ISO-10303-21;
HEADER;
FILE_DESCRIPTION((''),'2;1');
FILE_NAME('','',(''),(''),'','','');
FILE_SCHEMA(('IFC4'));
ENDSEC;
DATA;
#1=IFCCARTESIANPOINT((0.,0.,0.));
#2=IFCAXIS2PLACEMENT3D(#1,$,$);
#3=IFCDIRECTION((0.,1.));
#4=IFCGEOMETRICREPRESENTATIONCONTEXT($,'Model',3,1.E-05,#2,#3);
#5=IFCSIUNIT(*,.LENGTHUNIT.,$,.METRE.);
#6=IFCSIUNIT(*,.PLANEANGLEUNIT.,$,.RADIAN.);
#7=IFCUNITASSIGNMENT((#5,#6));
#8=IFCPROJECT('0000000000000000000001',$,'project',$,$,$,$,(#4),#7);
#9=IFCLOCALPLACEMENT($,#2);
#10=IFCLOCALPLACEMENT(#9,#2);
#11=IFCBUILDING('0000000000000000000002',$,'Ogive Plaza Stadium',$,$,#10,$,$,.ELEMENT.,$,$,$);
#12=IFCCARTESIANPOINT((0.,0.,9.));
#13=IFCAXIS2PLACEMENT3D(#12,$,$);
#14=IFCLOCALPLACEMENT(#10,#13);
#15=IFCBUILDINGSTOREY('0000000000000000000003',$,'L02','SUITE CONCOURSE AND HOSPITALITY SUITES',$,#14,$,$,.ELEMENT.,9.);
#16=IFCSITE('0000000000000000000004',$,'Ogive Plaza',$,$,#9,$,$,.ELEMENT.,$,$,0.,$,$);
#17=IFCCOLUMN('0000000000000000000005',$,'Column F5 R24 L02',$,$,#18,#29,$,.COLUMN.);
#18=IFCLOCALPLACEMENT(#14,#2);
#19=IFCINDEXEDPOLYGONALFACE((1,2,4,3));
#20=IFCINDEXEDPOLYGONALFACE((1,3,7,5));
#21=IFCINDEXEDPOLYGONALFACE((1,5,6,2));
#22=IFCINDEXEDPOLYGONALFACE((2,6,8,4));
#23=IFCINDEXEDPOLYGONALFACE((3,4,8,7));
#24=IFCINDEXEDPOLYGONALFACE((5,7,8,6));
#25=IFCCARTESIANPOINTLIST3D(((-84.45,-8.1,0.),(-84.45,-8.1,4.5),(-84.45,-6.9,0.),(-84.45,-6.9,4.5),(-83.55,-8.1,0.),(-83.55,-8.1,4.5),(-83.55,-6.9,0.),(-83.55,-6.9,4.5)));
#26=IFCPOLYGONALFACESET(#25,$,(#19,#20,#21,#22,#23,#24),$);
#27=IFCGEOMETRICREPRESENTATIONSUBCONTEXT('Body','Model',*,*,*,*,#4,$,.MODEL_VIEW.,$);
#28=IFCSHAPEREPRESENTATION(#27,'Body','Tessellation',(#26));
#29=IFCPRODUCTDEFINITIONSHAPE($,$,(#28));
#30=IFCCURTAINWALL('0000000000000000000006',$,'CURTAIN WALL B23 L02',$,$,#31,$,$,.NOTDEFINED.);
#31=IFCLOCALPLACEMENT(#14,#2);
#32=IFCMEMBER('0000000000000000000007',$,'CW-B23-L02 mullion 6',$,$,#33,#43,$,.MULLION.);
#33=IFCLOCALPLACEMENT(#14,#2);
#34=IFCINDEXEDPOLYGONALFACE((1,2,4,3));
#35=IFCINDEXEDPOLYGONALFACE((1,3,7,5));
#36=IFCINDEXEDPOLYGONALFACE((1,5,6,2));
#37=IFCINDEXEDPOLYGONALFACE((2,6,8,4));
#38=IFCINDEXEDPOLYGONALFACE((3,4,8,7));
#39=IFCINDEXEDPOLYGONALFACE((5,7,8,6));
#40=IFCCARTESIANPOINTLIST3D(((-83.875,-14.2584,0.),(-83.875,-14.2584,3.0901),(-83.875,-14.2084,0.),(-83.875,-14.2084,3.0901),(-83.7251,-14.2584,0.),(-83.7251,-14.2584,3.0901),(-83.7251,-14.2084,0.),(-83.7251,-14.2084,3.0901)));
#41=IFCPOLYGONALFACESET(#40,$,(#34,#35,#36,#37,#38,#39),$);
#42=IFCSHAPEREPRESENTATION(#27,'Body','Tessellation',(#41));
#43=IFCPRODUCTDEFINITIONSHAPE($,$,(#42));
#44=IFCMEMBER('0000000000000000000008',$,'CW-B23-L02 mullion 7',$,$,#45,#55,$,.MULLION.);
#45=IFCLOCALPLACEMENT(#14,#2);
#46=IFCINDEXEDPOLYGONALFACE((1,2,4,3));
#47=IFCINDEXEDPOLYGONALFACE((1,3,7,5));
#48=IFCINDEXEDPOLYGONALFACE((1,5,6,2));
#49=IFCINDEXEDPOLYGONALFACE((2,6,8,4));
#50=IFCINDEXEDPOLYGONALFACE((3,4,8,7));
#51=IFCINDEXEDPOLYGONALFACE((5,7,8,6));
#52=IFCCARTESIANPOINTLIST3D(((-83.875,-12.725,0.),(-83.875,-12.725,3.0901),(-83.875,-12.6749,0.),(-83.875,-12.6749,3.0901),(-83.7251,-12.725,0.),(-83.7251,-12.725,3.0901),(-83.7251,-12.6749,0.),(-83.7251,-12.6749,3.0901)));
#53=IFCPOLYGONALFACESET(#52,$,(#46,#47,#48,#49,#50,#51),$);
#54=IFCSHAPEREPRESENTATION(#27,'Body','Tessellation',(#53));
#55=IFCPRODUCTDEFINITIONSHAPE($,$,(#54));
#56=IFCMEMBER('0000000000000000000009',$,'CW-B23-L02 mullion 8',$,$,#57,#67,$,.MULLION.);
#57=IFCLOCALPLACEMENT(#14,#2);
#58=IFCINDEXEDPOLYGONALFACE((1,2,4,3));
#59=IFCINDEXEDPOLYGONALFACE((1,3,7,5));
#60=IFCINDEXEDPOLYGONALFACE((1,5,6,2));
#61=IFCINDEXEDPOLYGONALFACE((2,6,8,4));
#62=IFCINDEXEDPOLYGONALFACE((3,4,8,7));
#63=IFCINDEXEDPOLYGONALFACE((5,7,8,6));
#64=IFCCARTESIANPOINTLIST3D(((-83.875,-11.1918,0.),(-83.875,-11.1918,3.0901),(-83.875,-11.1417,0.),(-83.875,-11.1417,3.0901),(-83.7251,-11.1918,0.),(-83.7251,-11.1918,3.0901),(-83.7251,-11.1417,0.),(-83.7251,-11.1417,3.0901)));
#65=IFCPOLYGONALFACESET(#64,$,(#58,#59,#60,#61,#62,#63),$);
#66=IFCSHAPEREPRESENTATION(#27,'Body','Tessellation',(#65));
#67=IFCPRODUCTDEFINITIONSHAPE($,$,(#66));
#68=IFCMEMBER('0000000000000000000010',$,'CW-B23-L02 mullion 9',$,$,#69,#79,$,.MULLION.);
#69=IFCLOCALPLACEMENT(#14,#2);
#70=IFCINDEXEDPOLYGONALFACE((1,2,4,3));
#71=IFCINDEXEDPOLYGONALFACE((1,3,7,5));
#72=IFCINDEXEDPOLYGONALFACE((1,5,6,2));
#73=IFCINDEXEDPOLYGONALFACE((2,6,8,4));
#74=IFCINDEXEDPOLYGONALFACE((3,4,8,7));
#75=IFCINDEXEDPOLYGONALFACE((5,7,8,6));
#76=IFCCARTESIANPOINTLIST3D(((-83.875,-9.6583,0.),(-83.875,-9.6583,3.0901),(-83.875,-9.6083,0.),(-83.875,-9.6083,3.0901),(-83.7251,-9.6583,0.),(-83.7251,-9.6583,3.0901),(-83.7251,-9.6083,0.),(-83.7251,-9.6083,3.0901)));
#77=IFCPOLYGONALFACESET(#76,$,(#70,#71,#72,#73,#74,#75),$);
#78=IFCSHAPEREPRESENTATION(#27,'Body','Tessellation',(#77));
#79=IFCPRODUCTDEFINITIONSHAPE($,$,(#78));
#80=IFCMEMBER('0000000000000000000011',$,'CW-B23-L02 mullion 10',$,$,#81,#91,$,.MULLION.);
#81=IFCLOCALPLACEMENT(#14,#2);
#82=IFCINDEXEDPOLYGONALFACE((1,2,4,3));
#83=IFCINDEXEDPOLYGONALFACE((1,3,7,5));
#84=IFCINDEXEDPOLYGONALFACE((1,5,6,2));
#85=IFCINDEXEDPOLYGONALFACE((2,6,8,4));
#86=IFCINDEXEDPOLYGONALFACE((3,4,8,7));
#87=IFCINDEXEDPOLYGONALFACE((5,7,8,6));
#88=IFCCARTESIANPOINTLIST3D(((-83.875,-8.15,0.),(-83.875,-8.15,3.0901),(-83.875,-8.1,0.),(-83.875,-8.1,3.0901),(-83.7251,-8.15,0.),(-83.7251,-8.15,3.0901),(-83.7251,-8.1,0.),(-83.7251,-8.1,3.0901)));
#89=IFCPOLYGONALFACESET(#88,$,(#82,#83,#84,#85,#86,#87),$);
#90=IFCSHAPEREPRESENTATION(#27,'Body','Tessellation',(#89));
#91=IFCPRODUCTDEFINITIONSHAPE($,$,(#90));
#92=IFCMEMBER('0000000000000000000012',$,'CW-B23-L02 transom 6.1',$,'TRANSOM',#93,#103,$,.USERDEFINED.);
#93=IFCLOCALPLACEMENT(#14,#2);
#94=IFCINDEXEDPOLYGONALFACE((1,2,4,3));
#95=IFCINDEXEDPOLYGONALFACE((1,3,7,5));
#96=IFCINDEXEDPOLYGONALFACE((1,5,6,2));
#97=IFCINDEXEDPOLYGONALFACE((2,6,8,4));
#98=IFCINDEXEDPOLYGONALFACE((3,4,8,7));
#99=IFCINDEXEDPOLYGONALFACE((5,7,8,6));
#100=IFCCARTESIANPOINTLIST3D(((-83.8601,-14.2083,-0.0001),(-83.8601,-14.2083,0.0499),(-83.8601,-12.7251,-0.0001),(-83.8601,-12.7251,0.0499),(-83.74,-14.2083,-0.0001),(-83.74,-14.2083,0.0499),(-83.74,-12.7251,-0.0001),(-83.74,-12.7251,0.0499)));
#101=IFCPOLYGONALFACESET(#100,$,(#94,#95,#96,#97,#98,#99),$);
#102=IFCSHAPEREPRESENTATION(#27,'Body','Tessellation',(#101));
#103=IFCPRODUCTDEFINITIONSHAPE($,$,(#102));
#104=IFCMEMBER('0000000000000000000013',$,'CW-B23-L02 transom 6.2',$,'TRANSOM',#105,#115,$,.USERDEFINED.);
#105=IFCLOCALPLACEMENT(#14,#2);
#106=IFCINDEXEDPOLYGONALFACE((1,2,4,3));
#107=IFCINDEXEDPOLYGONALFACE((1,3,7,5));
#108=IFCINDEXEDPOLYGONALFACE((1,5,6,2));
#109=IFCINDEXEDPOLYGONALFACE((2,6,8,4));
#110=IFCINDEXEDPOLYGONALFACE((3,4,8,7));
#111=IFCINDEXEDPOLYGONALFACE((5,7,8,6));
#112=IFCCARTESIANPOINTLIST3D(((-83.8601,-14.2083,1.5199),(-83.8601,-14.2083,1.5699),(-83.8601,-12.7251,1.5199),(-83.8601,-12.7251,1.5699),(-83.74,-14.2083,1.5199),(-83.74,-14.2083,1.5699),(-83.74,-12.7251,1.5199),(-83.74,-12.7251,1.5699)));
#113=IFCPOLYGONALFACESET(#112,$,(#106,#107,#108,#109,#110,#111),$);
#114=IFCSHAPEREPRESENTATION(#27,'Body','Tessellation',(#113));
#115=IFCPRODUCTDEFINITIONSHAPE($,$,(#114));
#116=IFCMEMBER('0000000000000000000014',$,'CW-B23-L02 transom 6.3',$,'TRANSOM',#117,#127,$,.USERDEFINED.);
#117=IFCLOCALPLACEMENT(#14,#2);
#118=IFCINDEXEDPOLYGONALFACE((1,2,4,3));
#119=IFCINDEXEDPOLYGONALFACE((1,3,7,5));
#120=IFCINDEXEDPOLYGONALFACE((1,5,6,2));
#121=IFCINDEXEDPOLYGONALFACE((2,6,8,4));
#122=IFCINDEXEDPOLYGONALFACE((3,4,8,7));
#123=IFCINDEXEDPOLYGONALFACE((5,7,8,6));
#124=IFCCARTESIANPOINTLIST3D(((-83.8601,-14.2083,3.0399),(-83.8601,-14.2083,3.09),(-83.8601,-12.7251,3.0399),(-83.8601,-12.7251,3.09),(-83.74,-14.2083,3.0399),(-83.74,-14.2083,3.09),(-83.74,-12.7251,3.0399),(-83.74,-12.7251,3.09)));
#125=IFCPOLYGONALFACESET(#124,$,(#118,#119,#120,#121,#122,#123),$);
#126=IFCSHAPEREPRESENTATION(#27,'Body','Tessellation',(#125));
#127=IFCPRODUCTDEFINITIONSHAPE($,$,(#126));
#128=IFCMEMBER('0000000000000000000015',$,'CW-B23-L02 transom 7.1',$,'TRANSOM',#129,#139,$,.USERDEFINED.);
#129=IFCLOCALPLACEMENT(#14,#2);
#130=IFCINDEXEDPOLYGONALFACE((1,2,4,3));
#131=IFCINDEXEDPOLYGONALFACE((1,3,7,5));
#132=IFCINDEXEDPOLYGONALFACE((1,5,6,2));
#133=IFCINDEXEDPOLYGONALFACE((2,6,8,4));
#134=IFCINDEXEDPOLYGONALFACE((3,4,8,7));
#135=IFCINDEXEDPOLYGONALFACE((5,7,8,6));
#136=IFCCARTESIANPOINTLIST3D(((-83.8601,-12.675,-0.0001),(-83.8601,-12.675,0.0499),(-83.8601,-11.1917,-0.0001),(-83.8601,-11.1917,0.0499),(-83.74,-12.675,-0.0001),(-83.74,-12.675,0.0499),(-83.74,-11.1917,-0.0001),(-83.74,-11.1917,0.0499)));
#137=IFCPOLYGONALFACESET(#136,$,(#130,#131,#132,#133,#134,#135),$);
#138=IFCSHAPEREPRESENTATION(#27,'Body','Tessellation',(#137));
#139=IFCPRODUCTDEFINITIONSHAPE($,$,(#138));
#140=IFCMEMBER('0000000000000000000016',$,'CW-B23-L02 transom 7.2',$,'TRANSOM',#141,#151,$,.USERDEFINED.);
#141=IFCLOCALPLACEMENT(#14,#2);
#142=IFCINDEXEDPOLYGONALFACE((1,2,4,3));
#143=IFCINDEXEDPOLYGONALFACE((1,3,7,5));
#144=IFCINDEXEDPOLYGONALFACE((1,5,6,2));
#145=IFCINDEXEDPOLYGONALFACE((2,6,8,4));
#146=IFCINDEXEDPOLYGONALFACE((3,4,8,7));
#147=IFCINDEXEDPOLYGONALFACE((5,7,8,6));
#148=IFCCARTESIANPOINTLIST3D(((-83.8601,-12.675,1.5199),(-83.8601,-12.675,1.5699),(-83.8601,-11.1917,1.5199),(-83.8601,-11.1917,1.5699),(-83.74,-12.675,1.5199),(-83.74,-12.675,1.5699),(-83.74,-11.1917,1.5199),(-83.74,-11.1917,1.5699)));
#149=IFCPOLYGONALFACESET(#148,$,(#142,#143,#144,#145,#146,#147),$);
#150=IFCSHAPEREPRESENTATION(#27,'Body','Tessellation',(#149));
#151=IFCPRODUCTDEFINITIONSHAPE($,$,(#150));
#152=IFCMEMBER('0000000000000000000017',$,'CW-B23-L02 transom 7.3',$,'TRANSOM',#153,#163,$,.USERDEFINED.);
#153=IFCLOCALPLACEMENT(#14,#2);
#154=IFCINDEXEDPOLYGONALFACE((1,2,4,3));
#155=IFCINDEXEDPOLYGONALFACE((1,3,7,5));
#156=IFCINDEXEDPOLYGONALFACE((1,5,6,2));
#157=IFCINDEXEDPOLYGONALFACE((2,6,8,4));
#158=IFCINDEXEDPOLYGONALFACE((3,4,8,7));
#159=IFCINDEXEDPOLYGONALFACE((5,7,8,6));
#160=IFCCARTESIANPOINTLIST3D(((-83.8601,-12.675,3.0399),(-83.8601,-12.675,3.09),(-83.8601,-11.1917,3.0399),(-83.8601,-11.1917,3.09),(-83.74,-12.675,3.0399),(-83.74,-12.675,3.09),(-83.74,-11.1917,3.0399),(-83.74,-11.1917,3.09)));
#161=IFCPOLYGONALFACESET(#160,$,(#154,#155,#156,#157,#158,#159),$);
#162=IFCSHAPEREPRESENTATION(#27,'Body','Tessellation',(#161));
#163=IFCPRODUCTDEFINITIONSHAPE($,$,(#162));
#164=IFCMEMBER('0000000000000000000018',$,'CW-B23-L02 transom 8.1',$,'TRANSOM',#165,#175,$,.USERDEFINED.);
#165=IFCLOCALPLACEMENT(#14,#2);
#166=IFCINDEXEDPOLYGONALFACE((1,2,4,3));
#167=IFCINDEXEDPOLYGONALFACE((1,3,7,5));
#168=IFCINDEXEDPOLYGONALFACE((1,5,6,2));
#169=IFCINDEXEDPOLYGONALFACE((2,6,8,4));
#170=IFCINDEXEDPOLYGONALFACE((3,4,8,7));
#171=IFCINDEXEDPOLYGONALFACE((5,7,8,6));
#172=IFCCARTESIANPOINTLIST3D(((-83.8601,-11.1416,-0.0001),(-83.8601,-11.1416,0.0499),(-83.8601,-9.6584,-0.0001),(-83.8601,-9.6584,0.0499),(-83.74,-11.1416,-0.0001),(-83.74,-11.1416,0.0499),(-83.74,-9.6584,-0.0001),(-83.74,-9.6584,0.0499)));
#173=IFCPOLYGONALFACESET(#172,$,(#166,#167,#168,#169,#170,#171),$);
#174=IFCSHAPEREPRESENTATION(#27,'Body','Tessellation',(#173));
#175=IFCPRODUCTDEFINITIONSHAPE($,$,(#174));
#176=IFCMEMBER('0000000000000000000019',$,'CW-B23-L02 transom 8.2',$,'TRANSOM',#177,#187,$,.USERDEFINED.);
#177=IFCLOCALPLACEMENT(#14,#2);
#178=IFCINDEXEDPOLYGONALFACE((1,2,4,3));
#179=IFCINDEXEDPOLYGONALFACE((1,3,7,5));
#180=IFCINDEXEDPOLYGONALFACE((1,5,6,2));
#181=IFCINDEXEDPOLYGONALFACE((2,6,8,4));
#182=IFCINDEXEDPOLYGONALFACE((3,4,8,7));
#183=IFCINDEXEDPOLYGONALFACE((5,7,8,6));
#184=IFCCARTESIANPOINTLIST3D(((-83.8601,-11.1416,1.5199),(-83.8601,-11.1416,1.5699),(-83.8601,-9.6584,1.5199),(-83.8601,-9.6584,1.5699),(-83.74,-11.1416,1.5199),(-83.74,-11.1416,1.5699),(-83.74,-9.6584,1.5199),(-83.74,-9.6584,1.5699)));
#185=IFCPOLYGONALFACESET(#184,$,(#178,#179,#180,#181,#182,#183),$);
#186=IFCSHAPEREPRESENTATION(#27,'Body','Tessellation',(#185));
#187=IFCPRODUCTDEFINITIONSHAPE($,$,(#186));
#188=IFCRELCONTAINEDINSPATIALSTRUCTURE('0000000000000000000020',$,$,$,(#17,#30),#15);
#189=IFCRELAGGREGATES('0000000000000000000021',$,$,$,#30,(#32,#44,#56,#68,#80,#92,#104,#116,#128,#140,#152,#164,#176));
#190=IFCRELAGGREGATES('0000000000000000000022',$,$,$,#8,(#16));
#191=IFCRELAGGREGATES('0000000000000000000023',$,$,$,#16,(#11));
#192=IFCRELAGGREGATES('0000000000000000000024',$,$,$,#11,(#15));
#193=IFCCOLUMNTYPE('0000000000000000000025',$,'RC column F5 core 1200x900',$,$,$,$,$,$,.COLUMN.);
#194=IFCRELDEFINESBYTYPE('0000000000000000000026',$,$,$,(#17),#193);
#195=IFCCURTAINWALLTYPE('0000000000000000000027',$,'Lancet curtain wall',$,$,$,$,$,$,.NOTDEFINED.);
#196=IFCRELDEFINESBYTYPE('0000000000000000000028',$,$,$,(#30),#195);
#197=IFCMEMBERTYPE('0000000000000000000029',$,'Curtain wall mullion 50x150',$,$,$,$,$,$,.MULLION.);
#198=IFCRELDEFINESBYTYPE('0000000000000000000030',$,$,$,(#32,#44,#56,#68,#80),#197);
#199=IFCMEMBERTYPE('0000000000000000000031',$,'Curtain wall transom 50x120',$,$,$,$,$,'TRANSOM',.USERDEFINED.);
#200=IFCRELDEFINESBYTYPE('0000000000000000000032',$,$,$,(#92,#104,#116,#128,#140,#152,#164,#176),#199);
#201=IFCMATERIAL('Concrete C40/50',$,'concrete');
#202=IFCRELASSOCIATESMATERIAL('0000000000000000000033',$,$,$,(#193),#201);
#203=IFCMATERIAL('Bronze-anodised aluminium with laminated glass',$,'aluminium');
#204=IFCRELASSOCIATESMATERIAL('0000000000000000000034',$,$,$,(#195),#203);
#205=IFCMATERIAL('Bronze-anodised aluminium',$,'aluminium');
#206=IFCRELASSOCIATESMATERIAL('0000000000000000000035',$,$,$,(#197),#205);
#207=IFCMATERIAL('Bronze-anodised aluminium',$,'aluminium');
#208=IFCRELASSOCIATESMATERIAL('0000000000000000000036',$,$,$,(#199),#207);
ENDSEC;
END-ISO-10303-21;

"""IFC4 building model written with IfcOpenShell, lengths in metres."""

from ifc_helpers import new_model, si_unit, direction, frame, origin, origin_2d, place, context, subcontext, project, spatial, rectangle, extrude, material, material_profile, profile_set, type_object, element, aggregate, save


model = new_model("IFC4")

# Units and contexts
model_context = context("Model", 3, precision=1e-05, world=origin(), true_north=direction((0.0, 1.0)))
body_context = subcontext(model_context, "Body", "Model", "MODEL_VIEW")
ifc_project = project(units=[si_unit("LENGTHUNIT", "METRE"), si_unit("PLANEANGLEUNIT", "RADIAN")], contexts=[model_context])

# Site, building, storey
site_placement = place(None, origin())
site = spatial("IfcSite", under=ifc_project, at=site_placement, Name="Ogive Plaza", CompositionType="ELEMENT", RefElevation=0.0)
building_placement = place(site_placement, origin())
building = spatial("IfcBuilding", under=site, at=building_placement, Name="Ogive Plaza Stadium", CompositionType="ELEMENT")
storey_placement = place(building_placement, frame((0.0, 0.0, 9.0)))
storey = spatial("IfcBuildingStorey", under=building, at=storey_placement, Name="L02", Description="SUITE CONCOURSE AND HOSPITALITY SUITES", CompositionType="ELEMENT", Elevation=9.0)

# Column
ifc_material_1 = material(Name="Concrete C40/50", Category="concrete")
ifc_material_profile_1 = material_profile(ifc_material_1, rectangle(XDim=1.2, YDim=0.8999, at=origin_2d()), Name="RC 1200x900")
ifc_profile_set_1 = profile_set([ifc_material_profile_1], Name="Concrete C40/50")
column_type = type_object("IfcColumnType", Name="RC column F5 core 1200x900", PredefinedType="COLUMN", material=ifc_profile_set_1)
column_placement = place(storey_placement, frame((-84.0, -7.5, 0.0), z_axis=(0.0, 0.0, 1.0), x_axis=(0.0, -1.0, 0.0)))
element("IfcColumn", 1, at=column_placement, inside=storey, type_object=column_type, Name="Column F5 R24 L02", PredefinedType="COLUMN", context=body_context, shape_type="SweptSolid", body=[
    extrude(rectangle(XDim=1.2, YDim=0.8999, at=origin_2d()), origin(), (0.0, 0.0, 1.0), 4.5),
])

# Curtain wall, members
ifc_material_2 = material(Name="Bronze-anodised aluminium with laminated glass", Category="aluminium")
curtain_wall_type = type_object("IfcCurtainWallType", Name="Lancet curtain wall", PredefinedType="NOTDEFINED", material=ifc_material_2)
curtain_wall_placement = place(storey_placement, origin())
curtain_wall = element("IfcCurtainWall", 2, at=curtain_wall_placement, inside=storey, type_object=curtain_wall_type, Name="CURTAIN WALL B23 L02", PredefinedType="NOTDEFINED")
ifc_material_3 = material(Name="Bronze-anodised aluminium", Category="aluminium")
ifc_material_profile_2 = material_profile(ifc_material_3, rectangle(XDim=0.1499, YDim=0.05, at=origin_2d()), Name="AL 150x50")
ifc_profile_set_2 = profile_set([ifc_material_profile_2], Name="Bronze-anodised aluminium")
member_type_1 = type_object("IfcMemberType", Name="Curtain wall mullion 50x150", PredefinedType="MULLION", material=ifc_profile_set_2)
member_1_placement = place(storey_placement, frame((-83.8, -14.2334, 0.0), z_axis=(0.0, 0.0, 1.0), x_axis=(-1.0, 0.0, 0.0)))
member_1 = element("IfcMember", 3, at=member_1_placement, type_object=member_type_1, Name="CW-B23-L02 mullion 6", PredefinedType="MULLION", context=body_context, shape_type="SweptSolid", body=[
    extrude(rectangle(XDim=0.1499, YDim=0.05, at=origin_2d()), origin(), (0.0, 0.0, 1.0), 3.0901),
])
member_2_placement = place(storey_placement, frame((-83.8, -12.7, 0.0), z_axis=(0.0, 0.0, 1.0), x_axis=(-1.0, 0.0, 0.0)))
member_2 = element("IfcMember", 4, at=member_2_placement, type_object=member_type_1, Name="CW-B23-L02 mullion 7", PredefinedType="MULLION", context=body_context, shape_type="SweptSolid", body=[
    extrude(rectangle(XDim=0.1499, YDim=0.05, at=origin_2d()), origin(), (0.0, 0.0, 1.0), 3.0901),
])
member_3_placement = place(storey_placement, frame((-83.8, -11.1667, 0.0), z_axis=(0.0, 0.0, 1.0), x_axis=(-1.0, 0.0, 0.0)))
member_3 = element("IfcMember", 5, at=member_3_placement, type_object=member_type_1, Name="CW-B23-L02 mullion 8", PredefinedType="MULLION", context=body_context, shape_type="SweptSolid", body=[
    extrude(rectangle(XDim=0.1499, YDim=0.05, at=origin_2d()), origin(), (0.0, 0.0, 1.0), 3.0901),
])
member_4_placement = place(storey_placement, frame((-83.8, -9.6333, 0.0), z_axis=(0.0, 0.0, 1.0), x_axis=(-1.0, 0.0, 0.0)))
member_4 = element("IfcMember", 6, at=member_4_placement, type_object=member_type_1, Name="CW-B23-L02 mullion 9", PredefinedType="MULLION", context=body_context, shape_type="SweptSolid", body=[
    extrude(rectangle(XDim=0.1499, YDim=0.05, at=origin_2d()), origin(), (0.0, 0.0, 1.0), 3.0901),
])
member_5_placement = place(storey_placement, frame((-83.8, -8.125, 0.0), z_axis=(0.0, 0.0, 1.0), x_axis=(-1.0, 0.0, 0.0)))
member_5 = element("IfcMember", 7, at=member_5_placement, type_object=member_type_1, Name="CW-B23-L02 mullion 10", PredefinedType="MULLION", context=body_context, shape_type="SweptSolid", body=[
    extrude(rectangle(XDim=0.1499, YDim=0.05, at=origin_2d()), origin(), (0.0, 0.0, 1.0), 3.0901),
])
ifc_material_4 = material(Name="Bronze-anodised aluminium", Category="aluminium")
ifc_material_profile_3 = material_profile(ifc_material_4, rectangle(XDim=0.1201, YDim=0.05, at=origin_2d()), Name="AL 120x50")
ifc_profile_set_3 = profile_set([ifc_material_profile_3], Name="Bronze-anodised aluminium")
member_type_2 = type_object("IfcMemberType", Name="Curtain wall transom 50x120", ElementType="TRANSOM", PredefinedType="USERDEFINED", material=ifc_profile_set_3)
member_6_placement = place(storey_placement, frame((-83.8, -14.2083, 0.0249), z_axis=(0.0, 1.0, 0.0), x_axis=(-1.0, 0.0, 0.0)))
member_6 = element("IfcMember", 8, at=member_6_placement, type_object=member_type_2, Name="CW-B23-L02 transom 6.1", ObjectType="TRANSOM", PredefinedType="USERDEFINED", context=body_context, shape_type="SweptSolid", body=[
    extrude(rectangle(XDim=0.1201, YDim=0.05, at=origin_2d()), origin(), (0.0, 0.0, 1.0), 1.4832),
])
member_7_placement = place(storey_placement, frame((-83.8, -14.2083, 1.5449), z_axis=(0.0, 1.0, 0.0), x_axis=(-1.0, 0.0, 0.0)))
member_7 = element("IfcMember", 9, at=member_7_placement, type_object=member_type_2, Name="CW-B23-L02 transom 6.2", ObjectType="TRANSOM", PredefinedType="USERDEFINED", context=body_context, shape_type="SweptSolid", body=[
    extrude(rectangle(XDim=0.1201, YDim=0.05, at=origin_2d()), origin(), (0.0, 0.0, 1.0), 1.4832),
])
member_8_placement = place(storey_placement, frame((-83.8, -14.2083, 3.0649), z_axis=(0.0, 1.0, 0.0), x_axis=(-1.0, 0.0, 0.0)))
member_8 = element("IfcMember", 10, at=member_8_placement, type_object=member_type_2, Name="CW-B23-L02 transom 6.3", ObjectType="TRANSOM", PredefinedType="USERDEFINED", context=body_context, shape_type="SweptSolid", body=[
    extrude(rectangle(XDim=0.1201, YDim=0.05, at=origin_2d()), origin(), (0.0, 0.0, 1.0), 1.4832),
])
member_9_placement = place(storey_placement, frame((-83.8, -12.675, 0.0249), z_axis=(0.0, 1.0, 0.0), x_axis=(-1.0, 0.0, 0.0)))
member_9 = element("IfcMember", 11, at=member_9_placement, type_object=member_type_2, Name="CW-B23-L02 transom 7.1", ObjectType="TRANSOM", PredefinedType="USERDEFINED", context=body_context, shape_type="SweptSolid", body=[
    extrude(rectangle(XDim=0.1201, YDim=0.05, at=origin_2d()), origin(), (0.0, 0.0, 1.0), 1.4834),
])
member_10_placement = place(storey_placement, frame((-83.8, -12.675, 1.5449), z_axis=(0.0, 1.0, 0.0), x_axis=(-1.0, 0.0, 0.0)))
member_10 = element("IfcMember", 12, at=member_10_placement, type_object=member_type_2, Name="CW-B23-L02 transom 7.2", ObjectType="TRANSOM", PredefinedType="USERDEFINED", context=body_context, shape_type="SweptSolid", body=[
    extrude(rectangle(XDim=0.1201, YDim=0.05, at=origin_2d()), origin(), (0.0, 0.0, 1.0), 1.4834),
])
member_11_placement = place(storey_placement, frame((-83.8, -12.675, 3.0649), z_axis=(0.0, 1.0, 0.0), x_axis=(-1.0, 0.0, 0.0)))
member_11 = element("IfcMember", 13, at=member_11_placement, type_object=member_type_2, Name="CW-B23-L02 transom 7.3", ObjectType="TRANSOM", PredefinedType="USERDEFINED", context=body_context, shape_type="SweptSolid", body=[
    extrude(rectangle(XDim=0.1201, YDim=0.05, at=origin_2d()), origin(), (0.0, 0.0, 1.0), 1.4834),
])
member_12_placement = place(storey_placement, frame((-83.8, -11.1416, 0.0249), z_axis=(0.0, 1.0, 0.0), x_axis=(-1.0, 0.0, 0.0)))
member_12 = element("IfcMember", 14, at=member_12_placement, type_object=member_type_2, Name="CW-B23-L02 transom 8.1", ObjectType="TRANSOM", PredefinedType="USERDEFINED", context=body_context, shape_type="SweptSolid", body=[
    extrude(rectangle(XDim=0.1201, YDim=0.05, at=origin_2d()), origin(), (0.0, 0.0, 1.0), 1.4832),
])
member_13_placement = place(storey_placement, frame((-83.8, -11.1416, 1.5449), z_axis=(0.0, 1.0, 0.0), x_axis=(-1.0, 0.0, 0.0)))
member_13 = element("IfcMember", 15, at=member_13_placement, type_object=member_type_2, Name="CW-B23-L02 transom 8.2", ObjectType="TRANSOM", PredefinedType="USERDEFINED", context=body_context, shape_type="SweptSolid", body=[
    extrude(rectangle(XDim=0.1201, YDim=0.05, at=origin_2d()), origin(), (0.0, 0.0, 1.0), 1.4832),
])

aggregate(curtain_wall, [member_1, member_2, member_3, member_4, member_5, member_6, member_7, member_8, member_9, member_10, member_11, member_12, member_13])

save(model, "model.ifc")
